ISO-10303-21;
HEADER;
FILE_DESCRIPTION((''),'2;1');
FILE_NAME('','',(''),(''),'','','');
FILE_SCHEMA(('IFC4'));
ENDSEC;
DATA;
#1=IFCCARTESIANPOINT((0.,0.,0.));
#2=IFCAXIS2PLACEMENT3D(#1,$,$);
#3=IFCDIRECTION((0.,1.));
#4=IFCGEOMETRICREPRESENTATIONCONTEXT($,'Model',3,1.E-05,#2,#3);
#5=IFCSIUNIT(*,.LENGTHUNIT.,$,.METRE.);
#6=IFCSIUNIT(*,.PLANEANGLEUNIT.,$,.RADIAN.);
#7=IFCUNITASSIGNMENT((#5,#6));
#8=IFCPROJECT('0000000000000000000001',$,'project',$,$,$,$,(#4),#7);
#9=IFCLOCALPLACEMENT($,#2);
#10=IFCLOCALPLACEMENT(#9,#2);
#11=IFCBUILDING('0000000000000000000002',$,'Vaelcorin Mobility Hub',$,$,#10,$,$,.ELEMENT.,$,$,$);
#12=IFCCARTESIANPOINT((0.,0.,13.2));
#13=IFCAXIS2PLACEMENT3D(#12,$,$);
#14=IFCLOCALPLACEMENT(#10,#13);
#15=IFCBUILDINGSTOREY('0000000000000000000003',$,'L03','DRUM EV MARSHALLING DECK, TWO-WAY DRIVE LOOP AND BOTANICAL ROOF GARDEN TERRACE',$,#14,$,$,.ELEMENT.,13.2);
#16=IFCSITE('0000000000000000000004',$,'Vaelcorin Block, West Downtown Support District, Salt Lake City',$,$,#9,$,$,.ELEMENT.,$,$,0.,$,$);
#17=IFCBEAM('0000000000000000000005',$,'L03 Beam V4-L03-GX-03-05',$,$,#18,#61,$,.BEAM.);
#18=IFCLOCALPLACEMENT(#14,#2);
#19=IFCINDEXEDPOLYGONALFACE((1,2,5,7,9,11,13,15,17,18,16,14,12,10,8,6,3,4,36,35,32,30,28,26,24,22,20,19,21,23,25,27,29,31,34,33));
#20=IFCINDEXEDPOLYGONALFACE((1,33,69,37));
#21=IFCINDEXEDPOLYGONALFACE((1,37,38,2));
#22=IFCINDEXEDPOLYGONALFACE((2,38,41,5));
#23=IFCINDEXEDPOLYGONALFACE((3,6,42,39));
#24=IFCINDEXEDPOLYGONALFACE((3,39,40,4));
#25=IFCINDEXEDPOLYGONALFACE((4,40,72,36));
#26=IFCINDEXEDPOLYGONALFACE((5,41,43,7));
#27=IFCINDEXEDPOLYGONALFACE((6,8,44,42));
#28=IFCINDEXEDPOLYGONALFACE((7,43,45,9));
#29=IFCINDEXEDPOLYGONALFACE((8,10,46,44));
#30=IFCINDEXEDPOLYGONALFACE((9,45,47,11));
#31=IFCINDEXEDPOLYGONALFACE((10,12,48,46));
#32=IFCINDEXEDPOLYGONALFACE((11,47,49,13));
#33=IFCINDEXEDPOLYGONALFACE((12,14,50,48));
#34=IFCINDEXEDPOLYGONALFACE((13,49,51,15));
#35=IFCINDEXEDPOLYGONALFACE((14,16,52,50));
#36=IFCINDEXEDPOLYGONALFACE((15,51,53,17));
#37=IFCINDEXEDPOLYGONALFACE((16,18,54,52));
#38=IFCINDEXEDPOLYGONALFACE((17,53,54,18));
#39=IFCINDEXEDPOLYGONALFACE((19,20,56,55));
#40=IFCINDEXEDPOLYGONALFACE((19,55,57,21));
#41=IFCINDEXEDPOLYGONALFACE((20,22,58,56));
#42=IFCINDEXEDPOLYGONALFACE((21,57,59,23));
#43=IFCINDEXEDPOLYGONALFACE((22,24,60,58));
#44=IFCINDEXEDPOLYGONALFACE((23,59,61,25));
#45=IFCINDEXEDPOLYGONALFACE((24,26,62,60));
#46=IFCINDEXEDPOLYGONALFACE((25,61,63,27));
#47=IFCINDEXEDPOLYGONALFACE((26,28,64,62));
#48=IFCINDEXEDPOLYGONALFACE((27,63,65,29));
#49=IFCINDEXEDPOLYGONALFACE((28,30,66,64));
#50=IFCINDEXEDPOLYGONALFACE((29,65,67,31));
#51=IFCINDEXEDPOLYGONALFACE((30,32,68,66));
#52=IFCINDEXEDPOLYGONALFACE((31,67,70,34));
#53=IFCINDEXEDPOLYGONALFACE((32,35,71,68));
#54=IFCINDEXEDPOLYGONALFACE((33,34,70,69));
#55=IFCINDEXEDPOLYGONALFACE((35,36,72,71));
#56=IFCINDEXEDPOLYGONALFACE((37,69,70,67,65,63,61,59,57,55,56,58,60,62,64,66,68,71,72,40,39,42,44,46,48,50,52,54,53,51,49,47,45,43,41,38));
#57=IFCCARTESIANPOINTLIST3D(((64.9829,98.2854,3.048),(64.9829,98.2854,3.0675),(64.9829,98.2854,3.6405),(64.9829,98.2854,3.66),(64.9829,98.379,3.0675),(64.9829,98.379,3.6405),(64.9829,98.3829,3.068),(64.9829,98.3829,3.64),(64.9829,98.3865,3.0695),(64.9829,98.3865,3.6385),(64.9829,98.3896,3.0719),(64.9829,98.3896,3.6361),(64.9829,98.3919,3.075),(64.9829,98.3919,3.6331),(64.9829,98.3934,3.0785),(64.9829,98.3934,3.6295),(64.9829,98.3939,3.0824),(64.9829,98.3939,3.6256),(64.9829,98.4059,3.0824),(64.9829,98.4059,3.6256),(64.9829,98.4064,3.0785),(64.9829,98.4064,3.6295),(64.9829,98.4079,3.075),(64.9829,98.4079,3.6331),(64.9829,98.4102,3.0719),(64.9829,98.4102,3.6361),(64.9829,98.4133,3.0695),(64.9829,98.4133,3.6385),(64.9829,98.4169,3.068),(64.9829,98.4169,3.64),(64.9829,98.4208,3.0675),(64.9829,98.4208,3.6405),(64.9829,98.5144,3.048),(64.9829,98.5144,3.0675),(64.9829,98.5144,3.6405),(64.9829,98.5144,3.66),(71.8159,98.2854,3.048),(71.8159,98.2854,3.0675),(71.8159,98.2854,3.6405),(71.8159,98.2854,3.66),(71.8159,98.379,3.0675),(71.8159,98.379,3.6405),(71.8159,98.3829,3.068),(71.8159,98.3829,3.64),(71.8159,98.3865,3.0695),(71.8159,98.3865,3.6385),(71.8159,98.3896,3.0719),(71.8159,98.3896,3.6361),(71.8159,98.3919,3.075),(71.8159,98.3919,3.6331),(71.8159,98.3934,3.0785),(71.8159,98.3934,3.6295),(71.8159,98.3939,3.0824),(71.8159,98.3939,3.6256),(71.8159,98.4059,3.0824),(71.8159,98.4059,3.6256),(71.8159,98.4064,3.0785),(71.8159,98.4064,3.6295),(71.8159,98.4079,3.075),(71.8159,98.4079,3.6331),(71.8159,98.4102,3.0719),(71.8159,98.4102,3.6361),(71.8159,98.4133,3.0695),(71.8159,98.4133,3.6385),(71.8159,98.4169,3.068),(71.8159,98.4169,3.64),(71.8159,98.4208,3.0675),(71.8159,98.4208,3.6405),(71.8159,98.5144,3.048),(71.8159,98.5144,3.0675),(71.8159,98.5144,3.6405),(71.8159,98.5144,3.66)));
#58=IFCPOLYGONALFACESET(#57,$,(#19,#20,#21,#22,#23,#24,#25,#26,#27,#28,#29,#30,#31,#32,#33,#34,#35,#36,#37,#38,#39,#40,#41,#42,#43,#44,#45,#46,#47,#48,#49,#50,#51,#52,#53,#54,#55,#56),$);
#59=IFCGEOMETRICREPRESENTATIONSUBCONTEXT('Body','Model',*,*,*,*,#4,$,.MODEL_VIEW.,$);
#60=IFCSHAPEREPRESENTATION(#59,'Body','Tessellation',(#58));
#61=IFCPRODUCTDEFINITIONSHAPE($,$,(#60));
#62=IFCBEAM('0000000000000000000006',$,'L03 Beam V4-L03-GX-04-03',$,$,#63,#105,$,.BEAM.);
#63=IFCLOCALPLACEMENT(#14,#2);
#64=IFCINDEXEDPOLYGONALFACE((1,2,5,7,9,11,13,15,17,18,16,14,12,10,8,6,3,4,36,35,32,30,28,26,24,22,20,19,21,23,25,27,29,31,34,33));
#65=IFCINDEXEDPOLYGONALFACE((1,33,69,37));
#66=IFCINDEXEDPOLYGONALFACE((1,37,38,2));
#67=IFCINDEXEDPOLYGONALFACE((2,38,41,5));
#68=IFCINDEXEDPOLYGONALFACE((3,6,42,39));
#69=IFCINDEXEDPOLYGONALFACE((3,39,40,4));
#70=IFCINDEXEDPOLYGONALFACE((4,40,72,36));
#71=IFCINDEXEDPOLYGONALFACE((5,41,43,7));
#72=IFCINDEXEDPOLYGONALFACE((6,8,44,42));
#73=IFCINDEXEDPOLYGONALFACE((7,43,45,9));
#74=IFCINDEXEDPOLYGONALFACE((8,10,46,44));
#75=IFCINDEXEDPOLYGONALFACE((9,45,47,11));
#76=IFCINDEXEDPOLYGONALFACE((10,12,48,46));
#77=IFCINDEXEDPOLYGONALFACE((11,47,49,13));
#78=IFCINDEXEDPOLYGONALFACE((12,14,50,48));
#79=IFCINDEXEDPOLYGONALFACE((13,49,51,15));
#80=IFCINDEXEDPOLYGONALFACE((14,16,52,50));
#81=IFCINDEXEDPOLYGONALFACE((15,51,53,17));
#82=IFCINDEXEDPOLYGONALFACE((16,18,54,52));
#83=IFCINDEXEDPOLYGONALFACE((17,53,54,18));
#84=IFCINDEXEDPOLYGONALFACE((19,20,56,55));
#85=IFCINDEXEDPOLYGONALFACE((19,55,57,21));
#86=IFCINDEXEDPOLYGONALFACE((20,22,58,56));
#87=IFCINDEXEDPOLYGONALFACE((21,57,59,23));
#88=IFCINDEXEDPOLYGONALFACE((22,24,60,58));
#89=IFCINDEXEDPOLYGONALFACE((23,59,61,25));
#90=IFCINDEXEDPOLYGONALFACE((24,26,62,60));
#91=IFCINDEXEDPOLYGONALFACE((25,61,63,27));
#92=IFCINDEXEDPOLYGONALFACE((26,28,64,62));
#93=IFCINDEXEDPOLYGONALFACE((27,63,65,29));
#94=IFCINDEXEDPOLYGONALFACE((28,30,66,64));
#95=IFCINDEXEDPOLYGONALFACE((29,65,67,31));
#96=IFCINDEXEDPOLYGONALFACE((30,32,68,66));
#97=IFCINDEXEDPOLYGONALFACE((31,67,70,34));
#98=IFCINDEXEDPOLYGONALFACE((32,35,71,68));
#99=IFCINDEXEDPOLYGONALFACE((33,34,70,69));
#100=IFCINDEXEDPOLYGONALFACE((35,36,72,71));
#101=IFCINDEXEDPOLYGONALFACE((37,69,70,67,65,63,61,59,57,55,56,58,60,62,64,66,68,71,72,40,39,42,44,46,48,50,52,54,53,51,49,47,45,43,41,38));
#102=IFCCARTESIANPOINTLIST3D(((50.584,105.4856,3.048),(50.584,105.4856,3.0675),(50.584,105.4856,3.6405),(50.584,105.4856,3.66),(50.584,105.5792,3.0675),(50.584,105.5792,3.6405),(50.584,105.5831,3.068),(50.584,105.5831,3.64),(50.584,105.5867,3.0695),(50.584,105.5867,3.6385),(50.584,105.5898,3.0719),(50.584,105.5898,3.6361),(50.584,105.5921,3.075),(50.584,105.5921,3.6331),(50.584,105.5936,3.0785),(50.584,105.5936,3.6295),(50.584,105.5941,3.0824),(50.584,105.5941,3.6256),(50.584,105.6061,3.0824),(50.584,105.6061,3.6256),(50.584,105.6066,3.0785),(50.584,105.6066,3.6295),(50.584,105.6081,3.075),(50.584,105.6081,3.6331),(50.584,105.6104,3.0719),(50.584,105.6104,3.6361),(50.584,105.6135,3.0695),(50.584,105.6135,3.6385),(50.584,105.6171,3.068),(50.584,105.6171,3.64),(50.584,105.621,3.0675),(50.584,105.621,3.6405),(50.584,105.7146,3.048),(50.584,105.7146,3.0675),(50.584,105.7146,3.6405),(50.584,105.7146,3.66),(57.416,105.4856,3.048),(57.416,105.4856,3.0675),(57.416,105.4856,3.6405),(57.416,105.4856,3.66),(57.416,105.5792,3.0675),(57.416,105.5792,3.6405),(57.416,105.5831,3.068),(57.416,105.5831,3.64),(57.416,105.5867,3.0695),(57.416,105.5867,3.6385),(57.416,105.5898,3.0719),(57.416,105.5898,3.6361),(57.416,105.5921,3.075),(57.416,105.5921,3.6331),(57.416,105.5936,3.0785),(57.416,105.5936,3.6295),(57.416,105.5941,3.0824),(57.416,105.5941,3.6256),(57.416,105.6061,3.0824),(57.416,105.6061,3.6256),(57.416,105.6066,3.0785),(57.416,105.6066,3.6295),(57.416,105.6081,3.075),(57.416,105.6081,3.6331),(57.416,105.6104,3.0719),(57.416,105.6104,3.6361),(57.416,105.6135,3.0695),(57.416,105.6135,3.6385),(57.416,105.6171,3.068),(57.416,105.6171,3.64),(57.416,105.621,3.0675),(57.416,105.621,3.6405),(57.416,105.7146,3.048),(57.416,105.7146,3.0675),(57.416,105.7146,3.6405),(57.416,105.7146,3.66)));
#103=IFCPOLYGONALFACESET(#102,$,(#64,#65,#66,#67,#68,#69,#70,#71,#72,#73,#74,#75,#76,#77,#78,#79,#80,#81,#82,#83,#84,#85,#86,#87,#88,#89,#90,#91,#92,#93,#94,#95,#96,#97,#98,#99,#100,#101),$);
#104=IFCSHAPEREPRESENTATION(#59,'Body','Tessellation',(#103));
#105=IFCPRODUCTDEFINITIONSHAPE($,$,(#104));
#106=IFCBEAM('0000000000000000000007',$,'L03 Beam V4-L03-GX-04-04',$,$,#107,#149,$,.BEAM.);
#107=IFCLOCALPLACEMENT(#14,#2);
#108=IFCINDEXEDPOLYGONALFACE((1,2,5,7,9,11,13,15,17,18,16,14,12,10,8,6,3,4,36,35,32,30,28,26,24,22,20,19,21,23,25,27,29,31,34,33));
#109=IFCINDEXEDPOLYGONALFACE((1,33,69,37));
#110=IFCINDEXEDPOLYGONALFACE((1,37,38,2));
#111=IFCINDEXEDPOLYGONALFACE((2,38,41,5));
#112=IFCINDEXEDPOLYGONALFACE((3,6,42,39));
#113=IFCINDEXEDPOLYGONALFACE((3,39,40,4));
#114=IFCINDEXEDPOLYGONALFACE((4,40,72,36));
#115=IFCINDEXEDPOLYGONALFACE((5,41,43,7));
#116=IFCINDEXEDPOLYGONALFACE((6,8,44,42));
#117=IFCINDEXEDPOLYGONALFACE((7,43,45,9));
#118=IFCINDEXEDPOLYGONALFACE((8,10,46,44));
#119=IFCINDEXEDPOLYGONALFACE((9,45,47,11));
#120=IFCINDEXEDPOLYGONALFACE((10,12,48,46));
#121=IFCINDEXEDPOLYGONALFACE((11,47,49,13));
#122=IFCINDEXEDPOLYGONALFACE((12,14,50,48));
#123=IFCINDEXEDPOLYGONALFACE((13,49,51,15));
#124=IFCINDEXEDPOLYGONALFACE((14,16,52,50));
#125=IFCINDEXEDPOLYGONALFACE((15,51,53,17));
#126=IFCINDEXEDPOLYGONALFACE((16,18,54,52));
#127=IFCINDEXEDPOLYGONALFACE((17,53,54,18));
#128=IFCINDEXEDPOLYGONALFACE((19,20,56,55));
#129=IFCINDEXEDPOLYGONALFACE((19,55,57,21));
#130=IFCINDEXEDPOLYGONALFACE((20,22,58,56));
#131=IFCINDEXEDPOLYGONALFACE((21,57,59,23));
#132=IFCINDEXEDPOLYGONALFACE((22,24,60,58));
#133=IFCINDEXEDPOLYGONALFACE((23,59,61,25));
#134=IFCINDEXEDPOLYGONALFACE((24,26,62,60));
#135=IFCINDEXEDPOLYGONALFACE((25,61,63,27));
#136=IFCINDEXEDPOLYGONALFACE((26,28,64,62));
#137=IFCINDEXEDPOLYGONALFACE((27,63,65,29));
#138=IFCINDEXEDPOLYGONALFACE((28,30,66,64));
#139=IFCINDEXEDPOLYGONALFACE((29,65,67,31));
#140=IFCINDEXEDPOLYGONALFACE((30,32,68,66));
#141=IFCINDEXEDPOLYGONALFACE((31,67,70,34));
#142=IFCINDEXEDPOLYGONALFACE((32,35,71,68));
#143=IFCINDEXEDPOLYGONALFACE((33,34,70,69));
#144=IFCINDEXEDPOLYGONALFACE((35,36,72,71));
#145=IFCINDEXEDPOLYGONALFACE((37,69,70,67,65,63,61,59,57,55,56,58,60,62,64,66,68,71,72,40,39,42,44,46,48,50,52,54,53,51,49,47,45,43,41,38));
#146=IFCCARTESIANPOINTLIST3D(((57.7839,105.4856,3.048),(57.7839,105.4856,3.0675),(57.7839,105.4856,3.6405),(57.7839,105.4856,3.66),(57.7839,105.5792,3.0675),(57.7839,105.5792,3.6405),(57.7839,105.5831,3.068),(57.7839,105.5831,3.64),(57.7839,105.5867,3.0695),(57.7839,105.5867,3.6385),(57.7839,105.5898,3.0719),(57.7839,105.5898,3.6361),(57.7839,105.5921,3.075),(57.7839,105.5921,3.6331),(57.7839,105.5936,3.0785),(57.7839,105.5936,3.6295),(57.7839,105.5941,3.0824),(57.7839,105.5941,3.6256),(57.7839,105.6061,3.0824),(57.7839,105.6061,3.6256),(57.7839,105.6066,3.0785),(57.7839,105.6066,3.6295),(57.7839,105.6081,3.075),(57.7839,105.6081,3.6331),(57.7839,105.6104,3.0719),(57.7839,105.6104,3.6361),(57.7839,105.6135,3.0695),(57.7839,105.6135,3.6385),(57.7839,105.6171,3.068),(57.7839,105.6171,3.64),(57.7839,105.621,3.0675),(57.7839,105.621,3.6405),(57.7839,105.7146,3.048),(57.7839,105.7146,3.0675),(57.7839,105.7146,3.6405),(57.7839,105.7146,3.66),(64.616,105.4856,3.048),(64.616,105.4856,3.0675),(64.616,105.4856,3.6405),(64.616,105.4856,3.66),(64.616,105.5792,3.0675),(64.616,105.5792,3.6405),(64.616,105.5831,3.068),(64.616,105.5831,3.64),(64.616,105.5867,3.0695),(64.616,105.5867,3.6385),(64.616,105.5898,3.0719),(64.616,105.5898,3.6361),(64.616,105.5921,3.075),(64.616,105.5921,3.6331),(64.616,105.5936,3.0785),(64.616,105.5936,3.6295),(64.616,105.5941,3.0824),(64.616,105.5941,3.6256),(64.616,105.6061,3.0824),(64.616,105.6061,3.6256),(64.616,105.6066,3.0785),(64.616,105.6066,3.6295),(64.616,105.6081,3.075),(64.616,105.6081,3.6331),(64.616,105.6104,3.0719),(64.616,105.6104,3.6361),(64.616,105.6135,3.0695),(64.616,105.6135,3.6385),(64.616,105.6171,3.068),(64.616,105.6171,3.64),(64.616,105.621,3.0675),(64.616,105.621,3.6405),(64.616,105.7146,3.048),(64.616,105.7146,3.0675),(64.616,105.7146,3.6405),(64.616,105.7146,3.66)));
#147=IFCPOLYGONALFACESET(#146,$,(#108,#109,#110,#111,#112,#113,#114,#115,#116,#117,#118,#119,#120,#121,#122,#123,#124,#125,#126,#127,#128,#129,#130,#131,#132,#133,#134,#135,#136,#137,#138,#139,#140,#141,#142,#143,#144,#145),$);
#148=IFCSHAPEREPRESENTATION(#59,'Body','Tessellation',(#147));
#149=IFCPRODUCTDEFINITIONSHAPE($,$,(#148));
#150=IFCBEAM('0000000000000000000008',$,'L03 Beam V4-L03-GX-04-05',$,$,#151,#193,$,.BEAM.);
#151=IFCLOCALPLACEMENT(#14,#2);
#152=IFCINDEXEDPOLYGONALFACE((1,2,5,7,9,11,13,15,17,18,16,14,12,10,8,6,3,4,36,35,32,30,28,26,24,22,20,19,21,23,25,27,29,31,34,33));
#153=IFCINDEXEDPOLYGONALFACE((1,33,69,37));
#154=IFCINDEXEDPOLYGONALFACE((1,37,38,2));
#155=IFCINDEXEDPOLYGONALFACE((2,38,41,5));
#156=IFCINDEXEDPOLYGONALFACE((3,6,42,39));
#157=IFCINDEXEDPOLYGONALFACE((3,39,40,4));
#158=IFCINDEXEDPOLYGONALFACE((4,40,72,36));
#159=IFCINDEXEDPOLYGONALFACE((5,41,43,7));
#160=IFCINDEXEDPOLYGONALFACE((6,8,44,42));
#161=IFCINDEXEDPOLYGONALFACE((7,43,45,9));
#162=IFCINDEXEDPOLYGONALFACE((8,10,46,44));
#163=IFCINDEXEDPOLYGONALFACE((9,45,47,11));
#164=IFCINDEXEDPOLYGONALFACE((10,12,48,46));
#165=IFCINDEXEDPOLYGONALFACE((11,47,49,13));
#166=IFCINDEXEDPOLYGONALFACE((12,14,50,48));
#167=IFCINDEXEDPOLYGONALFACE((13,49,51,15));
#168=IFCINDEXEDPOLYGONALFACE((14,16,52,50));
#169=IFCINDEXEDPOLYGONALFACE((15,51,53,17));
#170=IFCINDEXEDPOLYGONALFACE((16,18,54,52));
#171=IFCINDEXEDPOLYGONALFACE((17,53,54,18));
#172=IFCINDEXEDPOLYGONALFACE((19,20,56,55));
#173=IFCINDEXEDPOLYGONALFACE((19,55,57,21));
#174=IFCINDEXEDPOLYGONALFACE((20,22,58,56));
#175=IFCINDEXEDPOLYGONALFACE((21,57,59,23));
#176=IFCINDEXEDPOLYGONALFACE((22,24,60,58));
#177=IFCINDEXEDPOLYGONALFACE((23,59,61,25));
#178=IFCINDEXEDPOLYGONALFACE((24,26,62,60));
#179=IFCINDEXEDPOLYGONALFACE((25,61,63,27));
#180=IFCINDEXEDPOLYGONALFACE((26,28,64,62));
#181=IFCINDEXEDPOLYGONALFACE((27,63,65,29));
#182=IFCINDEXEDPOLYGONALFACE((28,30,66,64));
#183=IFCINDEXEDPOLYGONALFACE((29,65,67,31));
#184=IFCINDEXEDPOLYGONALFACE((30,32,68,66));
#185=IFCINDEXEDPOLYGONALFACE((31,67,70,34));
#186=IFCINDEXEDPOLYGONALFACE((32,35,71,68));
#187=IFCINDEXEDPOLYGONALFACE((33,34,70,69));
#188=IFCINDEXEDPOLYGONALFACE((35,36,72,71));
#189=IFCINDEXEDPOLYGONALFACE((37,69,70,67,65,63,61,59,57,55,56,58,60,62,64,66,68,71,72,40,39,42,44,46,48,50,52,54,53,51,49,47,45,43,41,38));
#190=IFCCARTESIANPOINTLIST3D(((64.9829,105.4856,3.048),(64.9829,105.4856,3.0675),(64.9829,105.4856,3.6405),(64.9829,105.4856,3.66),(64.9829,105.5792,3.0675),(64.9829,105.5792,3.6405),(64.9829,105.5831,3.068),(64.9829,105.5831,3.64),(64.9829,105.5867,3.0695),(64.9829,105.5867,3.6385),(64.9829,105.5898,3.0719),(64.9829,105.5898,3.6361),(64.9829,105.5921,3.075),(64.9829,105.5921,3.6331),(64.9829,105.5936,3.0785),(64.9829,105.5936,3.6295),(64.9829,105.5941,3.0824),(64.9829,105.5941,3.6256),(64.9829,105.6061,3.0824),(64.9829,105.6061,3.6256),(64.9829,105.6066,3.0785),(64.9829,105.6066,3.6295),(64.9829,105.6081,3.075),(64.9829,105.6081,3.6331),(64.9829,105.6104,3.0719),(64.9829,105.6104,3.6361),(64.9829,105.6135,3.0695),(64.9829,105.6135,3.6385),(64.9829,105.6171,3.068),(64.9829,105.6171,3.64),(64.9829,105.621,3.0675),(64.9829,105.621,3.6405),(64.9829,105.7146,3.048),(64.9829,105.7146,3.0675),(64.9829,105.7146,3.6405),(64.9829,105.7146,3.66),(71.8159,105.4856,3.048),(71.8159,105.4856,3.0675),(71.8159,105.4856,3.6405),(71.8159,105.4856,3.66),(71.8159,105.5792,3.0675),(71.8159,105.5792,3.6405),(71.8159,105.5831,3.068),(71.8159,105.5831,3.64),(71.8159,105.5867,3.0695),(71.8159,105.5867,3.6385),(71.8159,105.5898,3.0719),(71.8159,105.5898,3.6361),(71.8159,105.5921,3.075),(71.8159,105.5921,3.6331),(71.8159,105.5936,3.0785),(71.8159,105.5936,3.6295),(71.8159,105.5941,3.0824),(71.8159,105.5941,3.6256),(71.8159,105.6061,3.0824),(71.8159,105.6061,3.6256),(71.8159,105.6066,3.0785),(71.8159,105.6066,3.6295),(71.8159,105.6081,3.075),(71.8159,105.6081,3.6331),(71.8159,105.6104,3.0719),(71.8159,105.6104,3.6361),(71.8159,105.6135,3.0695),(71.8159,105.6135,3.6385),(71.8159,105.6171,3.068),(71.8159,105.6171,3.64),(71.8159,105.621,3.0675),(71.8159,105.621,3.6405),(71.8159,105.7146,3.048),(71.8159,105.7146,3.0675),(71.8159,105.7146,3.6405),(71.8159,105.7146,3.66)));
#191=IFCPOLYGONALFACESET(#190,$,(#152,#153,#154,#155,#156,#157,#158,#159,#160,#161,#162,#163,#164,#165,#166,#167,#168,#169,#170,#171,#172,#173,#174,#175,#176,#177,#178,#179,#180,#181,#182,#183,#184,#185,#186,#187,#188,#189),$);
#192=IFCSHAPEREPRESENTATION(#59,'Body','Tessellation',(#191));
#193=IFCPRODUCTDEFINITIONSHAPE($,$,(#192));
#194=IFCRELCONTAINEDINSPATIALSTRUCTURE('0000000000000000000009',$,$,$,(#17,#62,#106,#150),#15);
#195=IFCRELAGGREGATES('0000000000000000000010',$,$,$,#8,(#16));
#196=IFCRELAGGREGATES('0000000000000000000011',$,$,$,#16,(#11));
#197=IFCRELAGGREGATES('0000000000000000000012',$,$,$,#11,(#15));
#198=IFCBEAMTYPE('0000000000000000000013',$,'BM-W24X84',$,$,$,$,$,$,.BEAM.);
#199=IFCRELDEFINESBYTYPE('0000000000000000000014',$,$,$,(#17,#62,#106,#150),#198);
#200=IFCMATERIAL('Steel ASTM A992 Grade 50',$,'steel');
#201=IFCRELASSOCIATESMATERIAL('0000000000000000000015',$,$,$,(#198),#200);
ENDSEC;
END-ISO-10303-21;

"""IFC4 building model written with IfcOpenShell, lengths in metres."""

from ifc_helpers import new_model, si_unit, direction, frame, origin, origin_2d, place, context, subcontext, project, spatial, i_section, extrude, material, material_profile, profile_set, type_object, element, save


model = new_model("IFC4")

# Units and contexts
model_context = context("Model", 3, precision=1e-05, world=origin(), true_north=direction((0.0, 1.0)))
body_context = subcontext(model_context, "Body", "Model", "MODEL_VIEW")
ifc_project = project(units=[si_unit("LENGTHUNIT", "METRE"), si_unit("PLANEANGLEUNIT", "RADIAN")], contexts=[model_context])

# Site, building, storey
site_placement = place(None, origin())
site = spatial("IfcSite", under=ifc_project, at=site_placement, Name="Vaelcorin Block, West Downtown Support District, Salt Lake City", CompositionType="ELEMENT", RefElevation=0.0)
building_placement = place(site_placement, origin())
building = spatial("IfcBuilding", under=site, at=building_placement, Name="Vaelcorin Mobility Hub", CompositionType="ELEMENT")
storey_placement = place(building_placement, frame((0.0, 0.0, 13.2)))
storey = spatial("IfcBuildingStorey", under=building, at=storey_placement, Name="L03", Description="DRUM EV MARSHALLING DECK, TWO-WAY DRIVE LOOP AND BOTANICAL ROOF GARDEN TERRACE", CompositionType="ELEMENT", Elevation=13.2)

# Shared definitions
ifc_material_1 = material(Name="Steel ASTM A992 Grade 50", Category="steel")

# Beams
ifc_material_profile_1 = material_profile(ifc_material_1, i_section(OverallWidth=0.229, OverallDepth=0.6121, WebThickness=0.012, FlangeThickness=0.0195, FilletRadius=0.0149, at=origin_2d()), Name="W24X84")
ifc_profile_set_1 = profile_set([ifc_material_profile_1], Name="Steel ASTM A992 Grade 50")
beam_type_1 = type_object("IfcBeamType", Name="BM-W24X84", PredefinedType="BEAM", material=ifc_profile_set_1)
beam_1_placement = place(storey_placement, frame((64.9829, 98.3999, 3.354), z_axis=(1.0, 0.0, 0.0), x_axis=(0.0, 1.0, 0.0)))
element("IfcBeam", 1, at=beam_1_placement, inside=storey, type_object=beam_type_1, Name="L03 Beam V4-L03-GX-03-05", PredefinedType="BEAM", context=body_context, shape_type="SweptSolid", body=[
    extrude(i_section(OverallWidth=0.229, OverallDepth=0.6121, WebThickness=0.012, FlangeThickness=0.0195, FilletRadius=0.0149, at=origin_2d()), origin(), (0.0, 0.0, 1.0), 6.833),
])
for number, where, z_axis, x_axis, name in (
    (2, (50.584, 105.6001, 3.354), (1.0, 0.0, 0.0), (0.0, 1.0, 0.0), "L03 Beam V4-L03-GX-04-03"),
    (3, (57.7839, 105.6001, 3.354), (1.0, 0.0, 0.0), (0.0, 1.0, 0.0), "L03 Beam V4-L03-GX-04-04"),
):
    element("IfcBeam", number, at=place(storey_placement, frame(where, z_axis=z_axis, x_axis=x_axis)), inside=storey, type_object=beam_type_1, Name=name, PredefinedType="BEAM", context=body_context, shape_type="SweptSolid", body=[
        extrude(i_section(OverallWidth=0.229, OverallDepth=0.6121, WebThickness=0.012, FlangeThickness=0.0195, FilletRadius=0.0149, at=origin_2d()), origin(), (0.0, 0.0, 1.0), 6.832),
    ])
beam_2_placement = place(storey_placement, frame((64.9829, 105.6001, 3.354), z_axis=(1.0, 0.0, 0.0), x_axis=(0.0, 1.0, 0.0)))
element("IfcBeam", 4, at=beam_2_placement, inside=storey, type_object=beam_type_1, Name="L03 Beam V4-L03-GX-04-05", PredefinedType="BEAM", context=body_context, shape_type="SweptSolid", body=[
    extrude(i_section(OverallWidth=0.229, OverallDepth=0.6121, WebThickness=0.012, FlangeThickness=0.0195, FilletRadius=0.0149, at=origin_2d()), origin(), (0.0, 0.0, 1.0), 6.833),
])

save(model, "model.ifc")
